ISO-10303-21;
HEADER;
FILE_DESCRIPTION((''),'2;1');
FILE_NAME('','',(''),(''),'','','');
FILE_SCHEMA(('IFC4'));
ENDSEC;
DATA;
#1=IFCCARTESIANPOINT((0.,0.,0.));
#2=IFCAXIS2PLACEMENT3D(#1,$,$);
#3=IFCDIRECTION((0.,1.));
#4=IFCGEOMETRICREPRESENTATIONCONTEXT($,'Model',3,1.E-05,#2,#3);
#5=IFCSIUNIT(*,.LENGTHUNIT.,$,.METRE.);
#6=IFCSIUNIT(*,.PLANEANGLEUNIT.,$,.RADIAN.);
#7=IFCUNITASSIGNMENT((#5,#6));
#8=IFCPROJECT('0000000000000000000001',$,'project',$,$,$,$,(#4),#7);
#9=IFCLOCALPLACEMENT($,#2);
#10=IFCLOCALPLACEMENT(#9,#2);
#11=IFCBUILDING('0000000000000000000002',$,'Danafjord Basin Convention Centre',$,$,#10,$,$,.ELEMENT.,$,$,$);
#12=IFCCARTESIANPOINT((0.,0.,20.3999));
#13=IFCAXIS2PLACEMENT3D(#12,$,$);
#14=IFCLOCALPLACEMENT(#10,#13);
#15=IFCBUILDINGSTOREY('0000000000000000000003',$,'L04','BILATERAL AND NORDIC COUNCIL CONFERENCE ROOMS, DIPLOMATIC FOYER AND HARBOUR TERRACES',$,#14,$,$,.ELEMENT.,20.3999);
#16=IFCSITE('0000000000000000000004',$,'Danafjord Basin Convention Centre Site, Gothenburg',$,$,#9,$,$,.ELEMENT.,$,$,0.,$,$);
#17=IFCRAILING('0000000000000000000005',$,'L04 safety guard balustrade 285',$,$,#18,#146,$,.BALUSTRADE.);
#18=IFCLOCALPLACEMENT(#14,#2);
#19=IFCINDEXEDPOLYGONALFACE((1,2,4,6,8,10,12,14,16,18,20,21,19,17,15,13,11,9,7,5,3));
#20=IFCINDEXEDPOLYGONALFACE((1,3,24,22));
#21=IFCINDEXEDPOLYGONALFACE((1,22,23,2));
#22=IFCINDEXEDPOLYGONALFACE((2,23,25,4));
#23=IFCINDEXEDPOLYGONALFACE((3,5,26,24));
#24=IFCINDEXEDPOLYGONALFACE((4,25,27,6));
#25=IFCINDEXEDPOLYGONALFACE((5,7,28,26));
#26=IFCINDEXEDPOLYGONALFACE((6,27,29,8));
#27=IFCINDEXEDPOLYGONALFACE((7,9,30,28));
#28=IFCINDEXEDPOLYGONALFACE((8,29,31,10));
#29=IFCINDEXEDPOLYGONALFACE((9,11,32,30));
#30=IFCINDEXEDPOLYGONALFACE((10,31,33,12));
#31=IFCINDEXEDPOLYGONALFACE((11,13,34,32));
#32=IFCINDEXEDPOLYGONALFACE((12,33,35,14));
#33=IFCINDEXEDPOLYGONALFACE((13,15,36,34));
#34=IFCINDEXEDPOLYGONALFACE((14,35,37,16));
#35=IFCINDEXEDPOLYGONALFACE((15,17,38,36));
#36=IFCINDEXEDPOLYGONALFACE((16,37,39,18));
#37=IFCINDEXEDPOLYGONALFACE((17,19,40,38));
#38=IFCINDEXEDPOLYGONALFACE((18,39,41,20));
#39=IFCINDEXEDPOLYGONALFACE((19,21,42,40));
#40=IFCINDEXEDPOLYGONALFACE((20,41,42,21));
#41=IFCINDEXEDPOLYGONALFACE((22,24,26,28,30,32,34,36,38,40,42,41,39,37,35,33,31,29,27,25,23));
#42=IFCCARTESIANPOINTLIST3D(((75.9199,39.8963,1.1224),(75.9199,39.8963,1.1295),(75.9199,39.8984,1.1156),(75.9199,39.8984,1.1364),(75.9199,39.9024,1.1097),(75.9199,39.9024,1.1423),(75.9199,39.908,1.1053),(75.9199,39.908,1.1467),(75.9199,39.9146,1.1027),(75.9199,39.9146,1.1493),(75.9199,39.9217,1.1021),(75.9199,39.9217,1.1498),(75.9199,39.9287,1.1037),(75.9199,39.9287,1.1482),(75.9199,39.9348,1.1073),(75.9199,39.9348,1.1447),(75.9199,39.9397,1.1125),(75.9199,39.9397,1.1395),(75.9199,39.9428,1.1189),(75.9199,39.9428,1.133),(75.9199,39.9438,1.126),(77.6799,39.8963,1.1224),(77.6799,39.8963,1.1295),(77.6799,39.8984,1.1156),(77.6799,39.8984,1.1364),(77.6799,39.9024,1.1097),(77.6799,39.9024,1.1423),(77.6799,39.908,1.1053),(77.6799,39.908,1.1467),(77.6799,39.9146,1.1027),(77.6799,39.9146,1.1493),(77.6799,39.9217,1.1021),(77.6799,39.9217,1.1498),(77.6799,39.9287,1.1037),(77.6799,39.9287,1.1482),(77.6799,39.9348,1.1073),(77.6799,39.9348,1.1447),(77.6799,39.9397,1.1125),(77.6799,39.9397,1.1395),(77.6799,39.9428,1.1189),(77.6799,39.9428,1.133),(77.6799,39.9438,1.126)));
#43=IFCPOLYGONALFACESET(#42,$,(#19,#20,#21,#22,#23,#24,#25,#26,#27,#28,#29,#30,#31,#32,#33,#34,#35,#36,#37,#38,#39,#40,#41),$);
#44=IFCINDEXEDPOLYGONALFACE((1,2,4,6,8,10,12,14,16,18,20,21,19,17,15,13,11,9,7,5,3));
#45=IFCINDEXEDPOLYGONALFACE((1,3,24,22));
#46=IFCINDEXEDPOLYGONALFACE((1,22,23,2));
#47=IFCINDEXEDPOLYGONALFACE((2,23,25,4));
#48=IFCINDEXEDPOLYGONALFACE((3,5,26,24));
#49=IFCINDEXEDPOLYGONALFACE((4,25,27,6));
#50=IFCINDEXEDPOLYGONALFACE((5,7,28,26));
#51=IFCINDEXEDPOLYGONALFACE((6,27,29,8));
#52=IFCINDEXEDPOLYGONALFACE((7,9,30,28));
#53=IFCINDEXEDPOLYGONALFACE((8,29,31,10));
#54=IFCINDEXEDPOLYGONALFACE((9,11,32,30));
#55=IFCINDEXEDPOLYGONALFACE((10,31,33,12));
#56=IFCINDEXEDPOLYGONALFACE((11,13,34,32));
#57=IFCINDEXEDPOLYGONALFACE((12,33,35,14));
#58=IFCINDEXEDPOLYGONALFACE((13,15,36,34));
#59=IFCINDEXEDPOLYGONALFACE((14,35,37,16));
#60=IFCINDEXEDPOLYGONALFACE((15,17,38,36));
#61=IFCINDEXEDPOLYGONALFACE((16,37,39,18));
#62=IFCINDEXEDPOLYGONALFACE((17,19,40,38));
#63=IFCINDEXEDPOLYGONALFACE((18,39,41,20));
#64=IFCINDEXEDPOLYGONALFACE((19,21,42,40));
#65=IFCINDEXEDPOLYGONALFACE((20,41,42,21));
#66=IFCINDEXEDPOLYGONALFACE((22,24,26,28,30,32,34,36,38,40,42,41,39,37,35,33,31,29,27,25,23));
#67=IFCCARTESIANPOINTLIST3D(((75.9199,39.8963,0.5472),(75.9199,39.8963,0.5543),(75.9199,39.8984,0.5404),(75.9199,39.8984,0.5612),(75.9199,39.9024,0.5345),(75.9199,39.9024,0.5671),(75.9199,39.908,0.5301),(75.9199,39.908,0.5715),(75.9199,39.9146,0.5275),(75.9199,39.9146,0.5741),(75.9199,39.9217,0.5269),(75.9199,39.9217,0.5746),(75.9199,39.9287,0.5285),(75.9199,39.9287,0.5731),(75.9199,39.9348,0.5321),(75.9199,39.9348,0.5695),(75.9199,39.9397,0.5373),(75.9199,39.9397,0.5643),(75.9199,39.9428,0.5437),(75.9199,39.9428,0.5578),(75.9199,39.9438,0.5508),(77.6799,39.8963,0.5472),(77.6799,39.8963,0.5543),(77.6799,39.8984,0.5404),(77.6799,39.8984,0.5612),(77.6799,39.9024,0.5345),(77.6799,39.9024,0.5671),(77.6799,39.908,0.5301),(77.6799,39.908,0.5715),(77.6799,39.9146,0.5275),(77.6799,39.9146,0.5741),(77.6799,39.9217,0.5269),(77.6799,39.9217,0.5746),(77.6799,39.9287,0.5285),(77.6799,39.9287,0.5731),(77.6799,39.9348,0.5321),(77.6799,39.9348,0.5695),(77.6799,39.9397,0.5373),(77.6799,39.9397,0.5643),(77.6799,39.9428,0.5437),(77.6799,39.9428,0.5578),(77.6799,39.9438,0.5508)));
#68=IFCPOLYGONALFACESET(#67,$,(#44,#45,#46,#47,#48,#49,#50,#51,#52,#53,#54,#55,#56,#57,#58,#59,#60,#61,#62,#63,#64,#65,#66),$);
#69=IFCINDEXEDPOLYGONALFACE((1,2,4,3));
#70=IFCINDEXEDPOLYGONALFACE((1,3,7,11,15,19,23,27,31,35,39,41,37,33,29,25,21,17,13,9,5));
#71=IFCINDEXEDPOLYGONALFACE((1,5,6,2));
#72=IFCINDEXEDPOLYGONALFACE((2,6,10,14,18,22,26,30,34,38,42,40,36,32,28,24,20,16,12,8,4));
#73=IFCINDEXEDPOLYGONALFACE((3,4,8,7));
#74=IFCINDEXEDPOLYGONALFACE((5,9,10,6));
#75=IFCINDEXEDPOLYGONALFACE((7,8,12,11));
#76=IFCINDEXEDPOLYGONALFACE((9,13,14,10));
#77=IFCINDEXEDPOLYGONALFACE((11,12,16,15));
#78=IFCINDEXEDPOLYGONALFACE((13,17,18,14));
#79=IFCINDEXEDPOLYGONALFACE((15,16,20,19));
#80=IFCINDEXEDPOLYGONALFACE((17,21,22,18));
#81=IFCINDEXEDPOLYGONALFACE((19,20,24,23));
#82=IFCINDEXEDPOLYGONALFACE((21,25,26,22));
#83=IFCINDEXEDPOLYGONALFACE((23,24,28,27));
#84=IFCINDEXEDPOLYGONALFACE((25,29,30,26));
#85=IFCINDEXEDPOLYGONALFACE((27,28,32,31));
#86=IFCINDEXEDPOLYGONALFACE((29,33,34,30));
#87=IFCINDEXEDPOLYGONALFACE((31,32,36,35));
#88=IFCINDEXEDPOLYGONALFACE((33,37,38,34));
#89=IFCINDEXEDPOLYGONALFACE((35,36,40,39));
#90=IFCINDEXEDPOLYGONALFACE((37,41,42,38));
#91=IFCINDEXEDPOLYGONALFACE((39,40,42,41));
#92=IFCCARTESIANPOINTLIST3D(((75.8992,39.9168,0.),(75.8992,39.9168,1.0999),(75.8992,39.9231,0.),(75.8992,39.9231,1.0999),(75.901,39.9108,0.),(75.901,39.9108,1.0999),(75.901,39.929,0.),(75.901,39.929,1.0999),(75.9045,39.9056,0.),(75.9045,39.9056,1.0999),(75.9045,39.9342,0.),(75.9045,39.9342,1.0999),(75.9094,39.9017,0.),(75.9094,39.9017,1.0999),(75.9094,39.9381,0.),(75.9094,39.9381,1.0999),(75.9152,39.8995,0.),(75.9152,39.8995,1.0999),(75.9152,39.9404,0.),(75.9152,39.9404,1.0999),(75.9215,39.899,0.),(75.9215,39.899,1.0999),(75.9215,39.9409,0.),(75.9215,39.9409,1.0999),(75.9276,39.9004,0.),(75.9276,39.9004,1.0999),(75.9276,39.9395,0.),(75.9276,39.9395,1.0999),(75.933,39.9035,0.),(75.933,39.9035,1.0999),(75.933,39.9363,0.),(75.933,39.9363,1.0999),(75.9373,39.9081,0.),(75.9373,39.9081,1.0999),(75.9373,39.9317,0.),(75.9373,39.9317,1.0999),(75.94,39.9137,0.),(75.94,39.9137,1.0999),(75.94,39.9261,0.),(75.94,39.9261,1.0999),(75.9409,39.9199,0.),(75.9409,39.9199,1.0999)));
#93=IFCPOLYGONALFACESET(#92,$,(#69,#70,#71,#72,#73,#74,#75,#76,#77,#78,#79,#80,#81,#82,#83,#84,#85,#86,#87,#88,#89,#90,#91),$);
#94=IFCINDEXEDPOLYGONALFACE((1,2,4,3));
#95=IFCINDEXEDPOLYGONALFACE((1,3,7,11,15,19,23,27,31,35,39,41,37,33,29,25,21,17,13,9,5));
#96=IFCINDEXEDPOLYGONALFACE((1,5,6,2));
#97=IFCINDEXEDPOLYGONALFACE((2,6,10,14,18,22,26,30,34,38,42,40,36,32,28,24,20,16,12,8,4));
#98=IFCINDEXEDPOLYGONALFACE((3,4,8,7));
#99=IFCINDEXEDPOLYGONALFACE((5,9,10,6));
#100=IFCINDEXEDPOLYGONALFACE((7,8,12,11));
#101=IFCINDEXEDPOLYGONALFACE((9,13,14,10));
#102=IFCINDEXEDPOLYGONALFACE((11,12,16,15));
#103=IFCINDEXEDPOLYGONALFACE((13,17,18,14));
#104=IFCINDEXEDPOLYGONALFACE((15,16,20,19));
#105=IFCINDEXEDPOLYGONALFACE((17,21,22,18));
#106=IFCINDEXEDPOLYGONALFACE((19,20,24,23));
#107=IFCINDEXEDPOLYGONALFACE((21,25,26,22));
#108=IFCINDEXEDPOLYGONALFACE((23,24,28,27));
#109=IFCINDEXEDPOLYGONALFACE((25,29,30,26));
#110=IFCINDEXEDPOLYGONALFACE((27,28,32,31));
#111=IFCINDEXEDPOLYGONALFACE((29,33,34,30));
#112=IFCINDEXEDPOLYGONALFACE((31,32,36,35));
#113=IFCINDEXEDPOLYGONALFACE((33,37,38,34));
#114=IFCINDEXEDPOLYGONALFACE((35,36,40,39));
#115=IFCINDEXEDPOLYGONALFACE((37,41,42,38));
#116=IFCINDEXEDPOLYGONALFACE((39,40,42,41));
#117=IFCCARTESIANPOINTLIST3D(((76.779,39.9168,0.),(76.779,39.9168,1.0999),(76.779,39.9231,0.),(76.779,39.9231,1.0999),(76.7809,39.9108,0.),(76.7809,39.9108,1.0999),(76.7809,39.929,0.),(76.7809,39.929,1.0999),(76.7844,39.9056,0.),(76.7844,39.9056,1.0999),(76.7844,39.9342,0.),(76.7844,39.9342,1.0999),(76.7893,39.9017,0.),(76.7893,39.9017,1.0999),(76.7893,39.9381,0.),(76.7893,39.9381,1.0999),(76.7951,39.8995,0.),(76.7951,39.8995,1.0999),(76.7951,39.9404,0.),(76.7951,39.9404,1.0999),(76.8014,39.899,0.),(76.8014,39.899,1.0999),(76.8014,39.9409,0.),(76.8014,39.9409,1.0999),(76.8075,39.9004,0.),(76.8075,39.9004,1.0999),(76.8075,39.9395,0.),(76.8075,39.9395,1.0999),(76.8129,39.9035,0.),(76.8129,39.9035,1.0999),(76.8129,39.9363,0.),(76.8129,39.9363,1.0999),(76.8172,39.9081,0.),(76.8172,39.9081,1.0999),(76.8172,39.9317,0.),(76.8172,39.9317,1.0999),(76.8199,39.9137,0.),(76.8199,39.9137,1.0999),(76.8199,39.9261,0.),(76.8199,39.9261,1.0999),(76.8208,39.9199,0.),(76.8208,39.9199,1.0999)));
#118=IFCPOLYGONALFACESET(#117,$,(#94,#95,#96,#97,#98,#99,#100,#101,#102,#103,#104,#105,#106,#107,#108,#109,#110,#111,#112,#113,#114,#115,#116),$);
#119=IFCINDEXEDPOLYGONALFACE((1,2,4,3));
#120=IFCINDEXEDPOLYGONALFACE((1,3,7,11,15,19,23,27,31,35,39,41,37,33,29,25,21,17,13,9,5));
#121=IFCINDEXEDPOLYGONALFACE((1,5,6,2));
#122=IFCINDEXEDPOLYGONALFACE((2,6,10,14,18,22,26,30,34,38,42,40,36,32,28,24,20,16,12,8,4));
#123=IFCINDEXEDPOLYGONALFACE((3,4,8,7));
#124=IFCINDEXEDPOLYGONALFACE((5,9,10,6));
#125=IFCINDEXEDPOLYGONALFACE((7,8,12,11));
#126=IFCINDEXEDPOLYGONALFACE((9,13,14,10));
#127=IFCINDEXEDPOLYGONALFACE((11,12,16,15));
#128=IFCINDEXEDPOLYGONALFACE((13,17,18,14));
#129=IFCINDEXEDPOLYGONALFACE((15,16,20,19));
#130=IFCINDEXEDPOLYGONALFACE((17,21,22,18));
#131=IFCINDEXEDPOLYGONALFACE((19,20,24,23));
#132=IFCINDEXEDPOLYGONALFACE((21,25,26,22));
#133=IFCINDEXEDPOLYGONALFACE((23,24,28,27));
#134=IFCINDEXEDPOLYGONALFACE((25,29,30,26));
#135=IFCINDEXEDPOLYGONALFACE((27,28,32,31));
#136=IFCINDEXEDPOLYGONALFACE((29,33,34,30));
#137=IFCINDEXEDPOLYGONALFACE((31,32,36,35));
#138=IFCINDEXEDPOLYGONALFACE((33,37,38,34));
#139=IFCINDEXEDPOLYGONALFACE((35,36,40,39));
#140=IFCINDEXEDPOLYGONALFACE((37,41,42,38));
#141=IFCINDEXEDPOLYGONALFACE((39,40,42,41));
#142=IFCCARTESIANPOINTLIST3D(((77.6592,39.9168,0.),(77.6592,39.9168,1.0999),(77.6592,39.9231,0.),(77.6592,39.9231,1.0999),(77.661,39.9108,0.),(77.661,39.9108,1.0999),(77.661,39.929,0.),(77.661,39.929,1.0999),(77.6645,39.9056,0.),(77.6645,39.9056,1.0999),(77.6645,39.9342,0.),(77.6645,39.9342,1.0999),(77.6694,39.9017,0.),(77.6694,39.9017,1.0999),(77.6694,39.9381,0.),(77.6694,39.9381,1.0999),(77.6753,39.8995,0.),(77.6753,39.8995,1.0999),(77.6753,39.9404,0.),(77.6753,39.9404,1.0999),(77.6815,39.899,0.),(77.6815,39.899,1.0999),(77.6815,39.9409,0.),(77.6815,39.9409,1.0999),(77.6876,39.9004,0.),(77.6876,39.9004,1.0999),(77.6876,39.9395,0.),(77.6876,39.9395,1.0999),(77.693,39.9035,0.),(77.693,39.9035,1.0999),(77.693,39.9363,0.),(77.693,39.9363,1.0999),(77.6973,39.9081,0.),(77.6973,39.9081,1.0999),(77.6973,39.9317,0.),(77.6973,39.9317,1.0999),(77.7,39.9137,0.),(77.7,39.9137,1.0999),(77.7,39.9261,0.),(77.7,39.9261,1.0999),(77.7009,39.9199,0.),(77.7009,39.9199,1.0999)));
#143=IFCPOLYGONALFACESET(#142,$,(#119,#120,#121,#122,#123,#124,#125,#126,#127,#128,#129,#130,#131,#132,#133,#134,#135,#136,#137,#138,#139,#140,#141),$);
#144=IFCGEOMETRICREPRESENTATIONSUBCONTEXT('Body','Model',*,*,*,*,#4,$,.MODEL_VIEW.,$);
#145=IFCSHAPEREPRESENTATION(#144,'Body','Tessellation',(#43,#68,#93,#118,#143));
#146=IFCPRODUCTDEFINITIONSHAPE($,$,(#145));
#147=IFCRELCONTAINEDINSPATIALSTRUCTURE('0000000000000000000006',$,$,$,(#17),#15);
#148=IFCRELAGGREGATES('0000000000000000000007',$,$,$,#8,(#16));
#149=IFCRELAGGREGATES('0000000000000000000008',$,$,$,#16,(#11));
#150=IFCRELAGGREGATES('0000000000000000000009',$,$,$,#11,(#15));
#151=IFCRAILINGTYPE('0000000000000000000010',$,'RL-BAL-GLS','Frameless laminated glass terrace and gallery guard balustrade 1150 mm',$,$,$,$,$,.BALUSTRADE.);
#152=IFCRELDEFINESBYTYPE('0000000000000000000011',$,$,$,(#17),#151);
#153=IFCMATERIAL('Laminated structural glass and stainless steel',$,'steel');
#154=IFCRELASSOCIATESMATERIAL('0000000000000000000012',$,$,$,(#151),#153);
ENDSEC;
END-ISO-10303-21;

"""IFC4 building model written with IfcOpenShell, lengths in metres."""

from ifc_helpers import new_model, si_unit, direction, frame, origin, origin_2d, place, context, subcontext, project, spatial, circle, extrude, material, type_object, element, save


model = new_model("IFC4")

# Units and contexts
model_context = context("Model", 3, precision=1e-05, world=origin(), true_north=direction((0.0, 1.0)))
body_context = subcontext(model_context, "Body", "Model", "MODEL_VIEW")
ifc_project = project(units=[si_unit("LENGTHUNIT", "METRE"), si_unit("PLANEANGLEUNIT", "RADIAN")], contexts=[model_context])

# Site, building, storey
site_placement = place(None, origin())
site = spatial("IfcSite", under=ifc_project, at=site_placement, Name="Danafjord Basin Convention Centre Site, Gothenburg", CompositionType="ELEMENT", RefElevation=0.0)
building_placement = place(site_placement, origin())
building = spatial("IfcBuilding", under=site, at=building_placement, Name="Danafjord Basin Convention Centre", CompositionType="ELEMENT")
storey_placement = place(building_placement, frame((0.0, 0.0, 20.3999)))
storey = spatial("IfcBuildingStorey", under=building, at=storey_placement, Name="L04", Description="BILATERAL AND NORDIC COUNCIL CONFERENCE ROOMS, DIPLOMATIC FOYER AND HARBOUR TERRACES", CompositionType="ELEMENT", Elevation=20.3999)

# Railing
ifc_material_1 = material(Name="Laminated structural glass and stainless steel", Category="steel")
railing_type = type_object("IfcRailingType", Name="RL-BAL-GLS", Description="Frameless laminated glass terrace and gallery guard balustrade 1150 mm", PredefinedType="BALUSTRADE", material=ifc_material_1)
railing_placement = place(storey_placement, frame((75.9199, 39.9199, 0.0)))
element("IfcRailing", 1, at=railing_placement, inside=storey, type_object=railing_type, Name="L04 safety guard balustrade 285", PredefinedType="BALUSTRADE", context=body_context, shape_type="SweptSolid", body=[
    extrude(circle(Radius=0.0239, at=origin_2d()), frame((0.0, 0.0, 1.126), z_axis=(1.0, 0.0, 0.0), x_axis=(0.0, 1.0, 0.0)), (0.0, 0.0, 1.0), 1.76),
    extrude(circle(Radius=0.0239, at=origin_2d()), frame((0.0, 0.0, 0.5508), z_axis=(1.0, 0.0, 0.0), x_axis=(0.0, 1.0, 0.0)), (0.0, 0.0, 1.0), 1.76),
    extrude(circle(Radius=0.021, at=origin_2d()), origin(), (0.0, 0.0, 1.0), 1.0999),
    extrude(circle(Radius=0.021, at=origin_2d()), frame((0.8799, 0.0, 0.0)), (0.0, 0.0, 1.0), 1.0999),
    extrude(circle(Radius=0.021, at=origin_2d()), frame((1.76, 0.0, 0.0)), (0.0, 0.0, 1.0), 1.0999),
])

save(model, "model.ifc")
